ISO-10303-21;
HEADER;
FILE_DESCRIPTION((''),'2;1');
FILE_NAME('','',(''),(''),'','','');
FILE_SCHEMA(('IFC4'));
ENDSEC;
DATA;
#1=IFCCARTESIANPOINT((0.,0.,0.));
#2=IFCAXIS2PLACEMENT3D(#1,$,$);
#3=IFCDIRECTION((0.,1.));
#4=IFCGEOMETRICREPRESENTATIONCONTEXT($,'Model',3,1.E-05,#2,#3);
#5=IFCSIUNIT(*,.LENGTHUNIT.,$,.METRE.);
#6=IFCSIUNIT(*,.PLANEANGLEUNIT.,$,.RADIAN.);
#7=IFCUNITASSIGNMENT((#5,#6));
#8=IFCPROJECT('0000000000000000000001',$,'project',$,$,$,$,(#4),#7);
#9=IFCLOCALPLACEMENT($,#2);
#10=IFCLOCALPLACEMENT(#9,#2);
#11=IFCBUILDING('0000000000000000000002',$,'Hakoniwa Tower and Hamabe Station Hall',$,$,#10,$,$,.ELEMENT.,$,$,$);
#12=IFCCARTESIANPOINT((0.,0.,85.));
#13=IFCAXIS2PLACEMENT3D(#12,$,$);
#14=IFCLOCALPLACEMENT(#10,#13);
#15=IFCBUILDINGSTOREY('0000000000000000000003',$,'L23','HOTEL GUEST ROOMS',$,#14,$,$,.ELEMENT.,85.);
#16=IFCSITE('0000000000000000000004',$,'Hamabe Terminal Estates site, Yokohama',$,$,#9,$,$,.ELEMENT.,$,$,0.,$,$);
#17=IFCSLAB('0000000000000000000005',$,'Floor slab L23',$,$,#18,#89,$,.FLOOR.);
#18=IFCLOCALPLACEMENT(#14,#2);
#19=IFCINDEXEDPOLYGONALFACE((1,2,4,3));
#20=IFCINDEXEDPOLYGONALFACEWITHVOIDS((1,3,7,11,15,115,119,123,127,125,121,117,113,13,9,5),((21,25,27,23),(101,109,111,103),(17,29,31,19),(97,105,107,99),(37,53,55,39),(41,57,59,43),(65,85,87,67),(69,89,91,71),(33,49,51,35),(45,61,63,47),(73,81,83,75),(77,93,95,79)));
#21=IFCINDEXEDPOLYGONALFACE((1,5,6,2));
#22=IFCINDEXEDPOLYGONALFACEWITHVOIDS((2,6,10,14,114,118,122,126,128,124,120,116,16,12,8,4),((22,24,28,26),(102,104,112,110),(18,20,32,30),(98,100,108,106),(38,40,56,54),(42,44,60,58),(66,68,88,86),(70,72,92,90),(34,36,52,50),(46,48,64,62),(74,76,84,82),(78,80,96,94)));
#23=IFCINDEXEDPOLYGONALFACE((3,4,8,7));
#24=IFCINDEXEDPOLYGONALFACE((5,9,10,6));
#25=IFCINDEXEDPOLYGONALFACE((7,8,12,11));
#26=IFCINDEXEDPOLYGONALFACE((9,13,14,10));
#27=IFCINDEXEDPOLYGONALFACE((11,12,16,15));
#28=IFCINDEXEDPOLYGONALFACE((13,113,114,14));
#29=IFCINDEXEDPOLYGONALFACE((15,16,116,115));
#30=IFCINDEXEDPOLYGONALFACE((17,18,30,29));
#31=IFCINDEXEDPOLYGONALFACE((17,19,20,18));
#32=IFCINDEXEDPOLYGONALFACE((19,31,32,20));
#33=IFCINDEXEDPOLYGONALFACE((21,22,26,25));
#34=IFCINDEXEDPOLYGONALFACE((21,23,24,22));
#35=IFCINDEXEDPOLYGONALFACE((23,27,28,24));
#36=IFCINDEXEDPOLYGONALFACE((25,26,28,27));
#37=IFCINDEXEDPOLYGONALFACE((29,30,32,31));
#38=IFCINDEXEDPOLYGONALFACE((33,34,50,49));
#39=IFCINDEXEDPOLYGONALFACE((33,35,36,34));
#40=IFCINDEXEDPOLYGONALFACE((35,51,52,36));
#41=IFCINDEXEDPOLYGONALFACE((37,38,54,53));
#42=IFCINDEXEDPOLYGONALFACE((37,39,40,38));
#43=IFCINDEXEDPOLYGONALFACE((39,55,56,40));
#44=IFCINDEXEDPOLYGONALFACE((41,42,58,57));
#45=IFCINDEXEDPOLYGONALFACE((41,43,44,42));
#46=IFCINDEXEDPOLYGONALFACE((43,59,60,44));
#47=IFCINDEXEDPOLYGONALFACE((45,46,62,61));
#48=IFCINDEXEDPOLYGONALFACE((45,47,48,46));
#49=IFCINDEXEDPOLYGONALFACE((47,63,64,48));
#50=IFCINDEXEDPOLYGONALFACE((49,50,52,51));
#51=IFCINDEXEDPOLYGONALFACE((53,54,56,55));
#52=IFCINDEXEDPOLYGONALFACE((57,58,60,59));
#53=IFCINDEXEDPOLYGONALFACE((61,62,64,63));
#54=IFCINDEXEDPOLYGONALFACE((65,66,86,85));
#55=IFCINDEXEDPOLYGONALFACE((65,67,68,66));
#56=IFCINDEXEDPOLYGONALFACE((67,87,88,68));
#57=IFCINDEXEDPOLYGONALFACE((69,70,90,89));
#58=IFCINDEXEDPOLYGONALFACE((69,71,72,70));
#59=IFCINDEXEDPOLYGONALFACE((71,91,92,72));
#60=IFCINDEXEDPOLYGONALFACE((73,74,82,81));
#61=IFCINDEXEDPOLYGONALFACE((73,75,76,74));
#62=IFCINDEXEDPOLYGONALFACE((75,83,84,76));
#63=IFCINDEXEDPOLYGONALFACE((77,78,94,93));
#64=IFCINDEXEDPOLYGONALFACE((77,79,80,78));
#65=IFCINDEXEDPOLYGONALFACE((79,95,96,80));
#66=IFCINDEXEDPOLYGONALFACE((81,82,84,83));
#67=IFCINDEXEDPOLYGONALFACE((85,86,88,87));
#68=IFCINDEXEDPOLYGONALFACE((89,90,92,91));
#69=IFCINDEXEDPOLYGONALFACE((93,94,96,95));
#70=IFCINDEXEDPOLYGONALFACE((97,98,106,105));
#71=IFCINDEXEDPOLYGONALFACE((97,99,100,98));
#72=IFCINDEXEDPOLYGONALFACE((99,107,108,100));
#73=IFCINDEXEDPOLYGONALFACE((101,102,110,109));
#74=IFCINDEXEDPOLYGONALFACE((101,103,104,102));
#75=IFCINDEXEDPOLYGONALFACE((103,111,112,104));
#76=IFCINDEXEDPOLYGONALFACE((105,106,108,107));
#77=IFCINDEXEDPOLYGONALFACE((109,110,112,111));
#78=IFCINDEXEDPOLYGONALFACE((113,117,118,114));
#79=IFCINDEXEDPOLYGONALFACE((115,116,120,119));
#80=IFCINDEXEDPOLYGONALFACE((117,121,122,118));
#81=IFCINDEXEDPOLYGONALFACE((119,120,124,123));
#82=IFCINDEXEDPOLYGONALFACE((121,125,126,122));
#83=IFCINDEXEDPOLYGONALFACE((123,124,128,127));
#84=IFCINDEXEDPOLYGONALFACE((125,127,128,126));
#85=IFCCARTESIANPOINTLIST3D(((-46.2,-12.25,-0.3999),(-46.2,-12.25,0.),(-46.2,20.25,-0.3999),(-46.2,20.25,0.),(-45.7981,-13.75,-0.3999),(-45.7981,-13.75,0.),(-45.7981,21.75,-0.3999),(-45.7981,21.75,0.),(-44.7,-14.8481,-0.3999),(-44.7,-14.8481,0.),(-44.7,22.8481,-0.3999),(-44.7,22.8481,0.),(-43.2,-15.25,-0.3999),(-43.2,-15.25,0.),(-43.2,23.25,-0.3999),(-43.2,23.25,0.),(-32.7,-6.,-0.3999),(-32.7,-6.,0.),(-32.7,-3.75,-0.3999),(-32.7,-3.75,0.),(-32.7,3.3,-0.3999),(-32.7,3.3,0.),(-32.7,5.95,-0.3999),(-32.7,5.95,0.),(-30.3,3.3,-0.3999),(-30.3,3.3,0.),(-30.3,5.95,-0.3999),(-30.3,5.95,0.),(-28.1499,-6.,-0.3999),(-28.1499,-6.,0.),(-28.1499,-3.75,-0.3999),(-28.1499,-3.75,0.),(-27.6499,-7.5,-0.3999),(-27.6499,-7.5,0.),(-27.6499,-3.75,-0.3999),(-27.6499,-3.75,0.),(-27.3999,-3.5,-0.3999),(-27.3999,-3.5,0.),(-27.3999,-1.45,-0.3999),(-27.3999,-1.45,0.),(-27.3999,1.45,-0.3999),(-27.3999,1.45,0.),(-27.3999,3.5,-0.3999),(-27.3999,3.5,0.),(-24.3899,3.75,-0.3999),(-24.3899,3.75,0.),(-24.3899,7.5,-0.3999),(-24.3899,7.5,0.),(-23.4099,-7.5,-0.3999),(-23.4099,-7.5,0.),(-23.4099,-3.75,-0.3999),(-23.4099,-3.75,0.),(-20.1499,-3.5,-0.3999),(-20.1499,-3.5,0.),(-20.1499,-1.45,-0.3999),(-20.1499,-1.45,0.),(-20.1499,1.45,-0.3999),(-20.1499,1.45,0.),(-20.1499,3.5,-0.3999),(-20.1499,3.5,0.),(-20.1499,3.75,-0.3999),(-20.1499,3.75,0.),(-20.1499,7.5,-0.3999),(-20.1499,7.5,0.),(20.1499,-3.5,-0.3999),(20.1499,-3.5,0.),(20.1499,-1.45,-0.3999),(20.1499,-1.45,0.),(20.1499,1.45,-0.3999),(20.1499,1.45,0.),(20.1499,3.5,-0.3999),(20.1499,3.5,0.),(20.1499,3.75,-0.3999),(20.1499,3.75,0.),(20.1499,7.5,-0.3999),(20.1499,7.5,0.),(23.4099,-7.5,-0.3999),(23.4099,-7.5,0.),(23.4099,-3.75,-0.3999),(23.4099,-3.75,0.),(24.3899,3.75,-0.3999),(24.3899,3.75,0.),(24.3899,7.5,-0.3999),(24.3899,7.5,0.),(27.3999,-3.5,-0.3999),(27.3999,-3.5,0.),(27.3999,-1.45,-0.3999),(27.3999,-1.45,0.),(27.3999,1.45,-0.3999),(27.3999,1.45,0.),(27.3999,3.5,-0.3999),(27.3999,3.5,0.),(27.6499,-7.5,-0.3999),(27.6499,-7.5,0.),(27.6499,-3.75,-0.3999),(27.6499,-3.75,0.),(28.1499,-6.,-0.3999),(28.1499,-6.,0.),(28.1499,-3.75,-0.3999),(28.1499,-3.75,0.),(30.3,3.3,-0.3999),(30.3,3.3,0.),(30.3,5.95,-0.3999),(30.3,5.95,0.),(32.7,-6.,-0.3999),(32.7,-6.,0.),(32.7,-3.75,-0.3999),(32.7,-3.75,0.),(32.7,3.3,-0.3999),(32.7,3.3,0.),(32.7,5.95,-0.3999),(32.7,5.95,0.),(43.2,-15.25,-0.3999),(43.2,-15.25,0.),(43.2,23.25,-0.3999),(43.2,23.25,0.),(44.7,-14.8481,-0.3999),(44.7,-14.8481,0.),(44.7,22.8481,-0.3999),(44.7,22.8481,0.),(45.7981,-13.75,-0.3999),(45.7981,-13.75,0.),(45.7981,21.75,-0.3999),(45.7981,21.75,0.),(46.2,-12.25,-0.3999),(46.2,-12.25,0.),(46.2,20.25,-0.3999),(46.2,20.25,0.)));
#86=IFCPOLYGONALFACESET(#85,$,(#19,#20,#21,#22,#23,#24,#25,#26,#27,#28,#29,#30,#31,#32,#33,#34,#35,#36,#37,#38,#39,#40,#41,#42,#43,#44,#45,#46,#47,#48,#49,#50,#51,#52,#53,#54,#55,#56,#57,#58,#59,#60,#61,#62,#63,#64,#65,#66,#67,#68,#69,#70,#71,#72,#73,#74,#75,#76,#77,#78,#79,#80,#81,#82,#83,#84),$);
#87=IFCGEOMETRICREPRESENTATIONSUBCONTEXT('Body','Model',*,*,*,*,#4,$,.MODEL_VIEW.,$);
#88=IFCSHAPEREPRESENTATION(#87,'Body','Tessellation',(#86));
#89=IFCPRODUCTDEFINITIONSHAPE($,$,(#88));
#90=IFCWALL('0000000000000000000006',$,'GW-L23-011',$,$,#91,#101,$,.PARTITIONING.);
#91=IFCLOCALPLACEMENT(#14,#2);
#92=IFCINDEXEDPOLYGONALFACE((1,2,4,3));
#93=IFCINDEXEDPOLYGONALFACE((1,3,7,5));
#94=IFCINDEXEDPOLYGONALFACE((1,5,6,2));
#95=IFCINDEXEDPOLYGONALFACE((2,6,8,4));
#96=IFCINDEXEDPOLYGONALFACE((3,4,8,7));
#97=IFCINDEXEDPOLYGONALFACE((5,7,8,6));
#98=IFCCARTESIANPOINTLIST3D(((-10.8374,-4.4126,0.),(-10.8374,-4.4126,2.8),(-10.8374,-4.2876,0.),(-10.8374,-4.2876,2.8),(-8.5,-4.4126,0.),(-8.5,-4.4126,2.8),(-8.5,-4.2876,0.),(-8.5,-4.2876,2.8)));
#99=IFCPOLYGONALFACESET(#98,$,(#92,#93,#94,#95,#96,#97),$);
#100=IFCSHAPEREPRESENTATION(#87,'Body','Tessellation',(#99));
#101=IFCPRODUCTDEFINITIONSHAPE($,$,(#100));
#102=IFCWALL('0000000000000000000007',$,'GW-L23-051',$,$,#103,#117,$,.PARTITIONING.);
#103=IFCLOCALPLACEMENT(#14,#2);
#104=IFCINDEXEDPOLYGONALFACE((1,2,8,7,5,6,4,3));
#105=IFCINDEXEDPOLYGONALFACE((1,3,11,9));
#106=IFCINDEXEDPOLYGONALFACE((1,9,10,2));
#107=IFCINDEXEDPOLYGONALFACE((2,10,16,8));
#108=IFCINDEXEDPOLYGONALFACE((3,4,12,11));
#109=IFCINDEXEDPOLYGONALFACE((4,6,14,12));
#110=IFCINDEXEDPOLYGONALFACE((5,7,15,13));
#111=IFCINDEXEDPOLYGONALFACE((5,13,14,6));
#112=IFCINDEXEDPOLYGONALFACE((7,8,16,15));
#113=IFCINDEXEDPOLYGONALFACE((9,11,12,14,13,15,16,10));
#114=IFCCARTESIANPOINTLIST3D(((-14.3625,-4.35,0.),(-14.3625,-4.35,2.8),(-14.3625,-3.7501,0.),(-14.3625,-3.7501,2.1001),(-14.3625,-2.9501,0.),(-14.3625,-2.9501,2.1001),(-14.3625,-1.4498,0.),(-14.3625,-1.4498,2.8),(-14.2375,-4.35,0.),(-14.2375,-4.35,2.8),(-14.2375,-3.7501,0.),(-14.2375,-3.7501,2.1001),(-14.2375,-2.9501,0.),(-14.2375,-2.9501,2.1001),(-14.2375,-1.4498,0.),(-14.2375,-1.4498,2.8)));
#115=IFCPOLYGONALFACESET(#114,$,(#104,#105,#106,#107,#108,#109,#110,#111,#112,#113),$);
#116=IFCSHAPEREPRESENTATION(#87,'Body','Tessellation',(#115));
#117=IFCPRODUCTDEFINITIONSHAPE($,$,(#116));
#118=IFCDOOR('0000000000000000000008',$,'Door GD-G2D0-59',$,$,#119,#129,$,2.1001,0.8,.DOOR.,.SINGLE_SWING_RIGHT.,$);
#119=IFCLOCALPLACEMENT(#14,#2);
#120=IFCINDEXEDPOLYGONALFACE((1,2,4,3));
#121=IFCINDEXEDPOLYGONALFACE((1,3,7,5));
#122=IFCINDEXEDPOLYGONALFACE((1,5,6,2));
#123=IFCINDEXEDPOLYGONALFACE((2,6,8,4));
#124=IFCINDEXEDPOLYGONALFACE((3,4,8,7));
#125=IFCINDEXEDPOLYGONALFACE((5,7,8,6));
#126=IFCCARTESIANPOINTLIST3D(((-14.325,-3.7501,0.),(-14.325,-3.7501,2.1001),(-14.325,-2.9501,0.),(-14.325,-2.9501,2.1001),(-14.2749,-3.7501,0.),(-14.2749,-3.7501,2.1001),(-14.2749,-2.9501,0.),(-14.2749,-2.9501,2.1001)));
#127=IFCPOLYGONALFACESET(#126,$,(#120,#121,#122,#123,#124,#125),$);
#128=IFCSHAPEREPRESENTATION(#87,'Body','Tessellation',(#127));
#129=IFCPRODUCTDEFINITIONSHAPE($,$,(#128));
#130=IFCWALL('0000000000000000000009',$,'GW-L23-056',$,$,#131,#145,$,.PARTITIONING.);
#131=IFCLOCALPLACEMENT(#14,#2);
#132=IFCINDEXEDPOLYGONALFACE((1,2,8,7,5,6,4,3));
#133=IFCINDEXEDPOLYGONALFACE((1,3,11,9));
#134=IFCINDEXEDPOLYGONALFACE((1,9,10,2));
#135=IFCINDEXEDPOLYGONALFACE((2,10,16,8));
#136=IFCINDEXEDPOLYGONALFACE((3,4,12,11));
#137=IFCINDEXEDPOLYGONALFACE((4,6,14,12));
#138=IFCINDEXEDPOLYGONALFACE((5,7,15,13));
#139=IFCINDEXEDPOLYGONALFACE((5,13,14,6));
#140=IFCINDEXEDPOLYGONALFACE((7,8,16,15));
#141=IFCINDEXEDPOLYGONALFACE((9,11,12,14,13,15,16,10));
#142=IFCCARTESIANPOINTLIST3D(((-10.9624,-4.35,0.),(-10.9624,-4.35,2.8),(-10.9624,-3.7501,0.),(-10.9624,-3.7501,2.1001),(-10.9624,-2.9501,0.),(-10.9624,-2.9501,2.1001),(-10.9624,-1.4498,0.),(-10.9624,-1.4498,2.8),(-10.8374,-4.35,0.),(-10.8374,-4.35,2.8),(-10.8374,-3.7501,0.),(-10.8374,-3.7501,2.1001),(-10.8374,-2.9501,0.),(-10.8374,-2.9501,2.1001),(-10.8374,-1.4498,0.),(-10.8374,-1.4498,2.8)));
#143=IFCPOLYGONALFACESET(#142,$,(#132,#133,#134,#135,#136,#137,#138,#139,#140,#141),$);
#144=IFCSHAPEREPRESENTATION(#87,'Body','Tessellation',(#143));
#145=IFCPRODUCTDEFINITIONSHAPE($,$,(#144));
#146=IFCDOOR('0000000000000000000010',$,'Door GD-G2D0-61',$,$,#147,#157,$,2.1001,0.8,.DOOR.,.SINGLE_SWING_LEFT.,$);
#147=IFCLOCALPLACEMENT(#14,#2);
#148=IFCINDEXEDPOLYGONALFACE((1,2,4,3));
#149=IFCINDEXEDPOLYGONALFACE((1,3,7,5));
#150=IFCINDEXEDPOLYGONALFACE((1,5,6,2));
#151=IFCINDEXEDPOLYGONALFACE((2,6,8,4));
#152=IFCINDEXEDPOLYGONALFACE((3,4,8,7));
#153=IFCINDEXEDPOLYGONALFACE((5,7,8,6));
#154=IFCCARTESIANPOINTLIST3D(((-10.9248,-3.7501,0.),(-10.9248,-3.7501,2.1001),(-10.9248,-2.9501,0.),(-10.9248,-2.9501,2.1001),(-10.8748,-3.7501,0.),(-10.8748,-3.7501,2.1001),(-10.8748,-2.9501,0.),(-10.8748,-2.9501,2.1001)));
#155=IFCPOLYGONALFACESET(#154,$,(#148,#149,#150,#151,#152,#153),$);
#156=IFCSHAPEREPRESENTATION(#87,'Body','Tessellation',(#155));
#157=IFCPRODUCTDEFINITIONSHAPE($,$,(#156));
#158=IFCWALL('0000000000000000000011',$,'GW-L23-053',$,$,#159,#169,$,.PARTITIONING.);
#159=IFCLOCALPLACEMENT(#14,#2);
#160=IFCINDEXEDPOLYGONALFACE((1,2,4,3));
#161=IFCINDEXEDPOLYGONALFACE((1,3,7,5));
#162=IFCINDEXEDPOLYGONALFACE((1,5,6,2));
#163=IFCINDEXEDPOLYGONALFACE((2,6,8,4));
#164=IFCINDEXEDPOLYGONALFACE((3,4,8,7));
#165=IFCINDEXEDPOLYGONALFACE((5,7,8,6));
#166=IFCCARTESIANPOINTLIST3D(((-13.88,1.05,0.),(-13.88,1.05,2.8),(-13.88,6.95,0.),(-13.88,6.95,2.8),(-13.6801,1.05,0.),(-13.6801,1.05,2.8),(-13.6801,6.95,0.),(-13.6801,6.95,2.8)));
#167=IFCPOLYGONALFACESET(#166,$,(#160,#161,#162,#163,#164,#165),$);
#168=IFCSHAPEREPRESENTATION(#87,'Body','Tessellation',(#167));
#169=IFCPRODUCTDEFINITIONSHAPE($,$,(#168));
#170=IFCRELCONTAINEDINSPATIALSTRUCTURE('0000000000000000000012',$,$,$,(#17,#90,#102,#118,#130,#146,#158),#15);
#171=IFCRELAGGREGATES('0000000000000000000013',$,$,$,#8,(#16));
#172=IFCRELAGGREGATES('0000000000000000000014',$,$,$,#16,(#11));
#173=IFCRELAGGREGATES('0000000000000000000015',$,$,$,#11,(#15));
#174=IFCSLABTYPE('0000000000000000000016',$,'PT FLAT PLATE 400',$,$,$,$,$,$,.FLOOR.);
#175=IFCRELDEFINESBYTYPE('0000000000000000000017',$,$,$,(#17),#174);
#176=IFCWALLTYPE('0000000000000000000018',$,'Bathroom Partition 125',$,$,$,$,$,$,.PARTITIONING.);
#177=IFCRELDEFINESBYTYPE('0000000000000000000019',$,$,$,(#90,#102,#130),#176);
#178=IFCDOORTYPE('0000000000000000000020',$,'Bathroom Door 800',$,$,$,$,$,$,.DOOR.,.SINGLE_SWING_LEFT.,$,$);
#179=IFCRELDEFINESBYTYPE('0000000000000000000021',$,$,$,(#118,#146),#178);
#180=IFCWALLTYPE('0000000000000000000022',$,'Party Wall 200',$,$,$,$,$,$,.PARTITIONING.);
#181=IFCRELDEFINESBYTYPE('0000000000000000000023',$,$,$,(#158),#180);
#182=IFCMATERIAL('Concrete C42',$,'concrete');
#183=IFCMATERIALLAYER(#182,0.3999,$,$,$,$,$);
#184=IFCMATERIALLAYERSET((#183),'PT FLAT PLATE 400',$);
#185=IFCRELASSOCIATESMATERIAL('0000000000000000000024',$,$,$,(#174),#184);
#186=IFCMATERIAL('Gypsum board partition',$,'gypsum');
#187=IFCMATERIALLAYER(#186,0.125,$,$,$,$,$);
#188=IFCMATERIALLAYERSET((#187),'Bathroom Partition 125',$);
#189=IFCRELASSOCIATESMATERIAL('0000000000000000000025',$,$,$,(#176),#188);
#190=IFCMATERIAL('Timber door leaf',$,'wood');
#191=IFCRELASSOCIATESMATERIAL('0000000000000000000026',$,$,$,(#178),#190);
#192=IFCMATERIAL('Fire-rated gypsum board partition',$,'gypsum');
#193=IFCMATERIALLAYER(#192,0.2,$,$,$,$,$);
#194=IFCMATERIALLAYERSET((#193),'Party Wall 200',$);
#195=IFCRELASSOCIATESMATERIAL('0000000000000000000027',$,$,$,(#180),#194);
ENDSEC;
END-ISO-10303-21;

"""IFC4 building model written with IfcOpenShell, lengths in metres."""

from ifc_helpers import new_model, si_unit, direction, frame, frame_2d, origin, place, context, subcontext, project, spatial, polyline, rectangle, outline, extrude, material, layer, layer_set, type_object, element, fill, save


model = new_model("IFC4")

# Units and contexts
model_context = context("Model", 3, precision=1e-05, world=origin(), true_north=direction((0.0, 1.0)))
body_context = subcontext(model_context, "Body", "Model", "MODEL_VIEW")
ifc_project = project(units=[si_unit("LENGTHUNIT", "METRE"), si_unit("PLANEANGLEUNIT", "RADIAN")], contexts=[model_context])

# Site, building, storey
site_placement = place(None, origin())
site = spatial("IfcSite", under=ifc_project, at=site_placement, Name="Hamabe Terminal Estates site, Yokohama", CompositionType="ELEMENT", RefElevation=0.0)
building_placement = place(site_placement, origin())
building = spatial("IfcBuilding", under=site, at=building_placement, Name="Hakoniwa Tower and Hamabe Station Hall", CompositionType="ELEMENT")
storey_placement = place(building_placement, frame((0.0, 0.0, 85.0)))
storey = spatial("IfcBuildingStorey", under=building, at=storey_placement, Name="L23", Description="HOTEL GUEST ROOMS", CompositionType="ELEMENT", Elevation=85.0)

# Slab
ifc_material_1 = material(Name="Concrete C42", Category="concrete")
ifc_layer_1 = layer(ifc_material_1, 0.3999)
ifc_layer_set_1 = layer_set([ifc_layer_1], Name="PT FLAT PLATE 400")
slab_type = type_object("IfcSlabType", Name="PT FLAT PLATE 400", PredefinedType="FLOOR", material=ifc_layer_set_1)
slab_placement = place(storey_placement, frame((0.0, 0.0, -0.3999)))
element("IfcSlab", 1, at=slab_placement, inside=storey, type_object=slab_type, Name="Floor slab L23", PredefinedType="FLOOR", context=body_context, shape_type="SweptSolid", body=[
    extrude(outline(polyline([(46.2, -12.25), (46.2, 20.25), (45.7981, 21.75), (44.7, 22.8481), (43.2, 23.25), (-43.2, 23.25), (-44.7, 22.8481), (-45.7981, 21.75), (-46.2, 20.25), (-46.2, -12.25), (-45.7981, -13.75), (-44.7, -14.8481), (-43.2, -15.25), (43.2, -15.25), (44.7, -14.8481), (45.7981, -13.75), (46.2, -12.25)]), holes=[polyline([(-27.3999, 1.45), (-27.3999, 3.5), (-20.1499, 3.5), (-20.1499, 1.45), (-27.3999, 1.45)]), polyline([(-27.3999, -3.5), (-27.3999, -1.45), (-20.1499, -1.45), (-20.1499, -3.5), (-27.3999, -3.5)]), polyline([(-32.7, 3.3), (-32.7, 5.95), (-30.3, 5.95), (-30.3, 3.3), (-32.7, 3.3)]), polyline([(-32.7, -6.0), (-32.7, -3.75), (-28.1499, -3.75), (-28.1499, -6.0), (-32.7, -6.0)]), polyline([(-24.3899, 3.75), (-24.3899, 7.5), (-20.1499, 7.5), (-20.1499, 3.75), (-24.3899, 3.75)]), polyline([(-27.6499, -7.5), (-27.6499, -3.75), (-23.4099, -3.75), (-23.4099, -7.5), (-27.6499, -7.5)]), polyline([(20.1499, 1.45), (20.1499, 3.5), (27.3999, 3.5), (27.3999, 1.45), (20.1499, 1.45)]), polyline([(20.1499, -3.5), (20.1499, -1.45), (27.3999, -1.45), (27.3999, -3.5), (20.1499, -3.5)]), polyline([(30.3, 3.3), (30.3, 5.95), (32.7, 5.95), (32.7, 3.3), (30.3, 3.3)]), polyline([(28.1499, -6.0), (28.1499, -3.75), (32.7, -3.75), (32.7, -6.0), (28.1499, -6.0)]), polyline([(20.1499, 3.75), (20.1499, 7.5), (24.3899, 7.5), (24.3899, 3.75), (20.1499, 3.75)]), polyline([(23.4099, -7.5), (23.4099, -3.75), (27.6499, -3.75), (27.6499, -7.5), (23.4099, -7.5)])]), origin(), (0.0, 0.0, 1.0), 0.3999),
])

# Wall
ifc_material_2 = material(Name="Gypsum board partition", Category="gypsum")
ifc_layer_2 = layer(ifc_material_2, 0.125)
ifc_layer_set_2 = layer_set([ifc_layer_2], Name="Bathroom Partition 125")
wall_type_1 = type_object("IfcWallType", Name="Bathroom Partition 125", PredefinedType="PARTITIONING", material=ifc_layer_set_2)
wall_1_placement = place(storey_placement, frame((-10.8374, -4.3501, 0.0), z_axis=(0.0, 0.0, 1.0), x_axis=(1.0, 0.0, 0.0)))
element("IfcWall", 2, at=wall_1_placement, inside=storey, type_object=wall_type_1, Name="GW-L23-011", PredefinedType="PARTITIONING", context=body_context, shape_type="SweptSolid", body=[
    extrude(rectangle(XDim=2.3374, YDim=0.125, at=frame_2d((1.1687, 0.0))), origin(), (0.0, 0.0, 1.0), 2.8),
])

# Walls, openings, doors
wall_2_placement = place(storey_placement, frame((-14.3, -4.3501, 0.0), z_axis=(0.0, 0.0, 1.0), x_axis=(0.0, 1.0, 0.0)))
wall_2 = element("IfcWall", 3, at=wall_2_placement, inside=storey, type_object=wall_type_1, Name="GW-L23-051", PredefinedType="PARTITIONING", context=body_context, shape_type="SweptSolid", body=[
    extrude(rectangle(XDim=2.9001, YDim=0.125, at=frame_2d((1.4502, 0.0))), origin(), (0.0, 0.0, 1.0), 2.8),
])
opening_1_placement = place(wall_2_placement, frame((0.6001, 0.0, 0.0)))
opening_1 = element("IfcOpeningElement", 4, at=opening_1_placement, cuts=wall_2, PredefinedType="OPENING", context=body_context, shape_type="SweptSolid", body=[
    extrude(rectangle(XDim=0.8, YDim=2.1001, at=frame_2d((0.3999, 1.05))), frame((0.0, 0.0725, 0.0), z_axis=(0.0, -1.0, 0.0), x_axis=(1.0, 0.0, 0.0)), (0.0, 0.0, 1.0), 0.145),
])
ifc_material_3 = material(Name="Timber door leaf", Category="wood")
door_type = type_object("IfcDoorType", Name="Bathroom Door 800", OperationType="SINGLE_SWING_LEFT", PredefinedType="DOOR", material=ifc_material_3)
door_1_placement = place(opening_1_placement, origin())
door_1 = element("IfcDoor", 5, at=door_1_placement, inside=storey, type_object=door_type, Name="Door GD-G2D0-59", OperationType="SINGLE_SWING_RIGHT", OverallHeight=2.1001, OverallWidth=0.8, PredefinedType="DOOR", context=body_context, shape_type="SweptSolid", body=[
    extrude(rectangle(XDim=0.8, YDim=2.1001, at=frame_2d((0.3999, 1.05))), frame((0.0, 0.0249, 0.0), z_axis=(0.0, -1.0, 0.0), x_axis=(1.0, 0.0, 0.0)), (0.0, 0.0, 1.0), 0.05),
])
fill(opening_1, door_1)
wall_3_placement = place(storey_placement, frame((-10.8999, -4.3501, 0.0), z_axis=(0.0, 0.0, 1.0), x_axis=(0.0, 1.0, 0.0)))
wall_3 = element("IfcWall", 6, at=wall_3_placement, inside=storey, type_object=wall_type_1, Name="GW-L23-056", PredefinedType="PARTITIONING", context=body_context, shape_type="SweptSolid", body=[
    extrude(rectangle(XDim=2.9001, YDim=0.125, at=frame_2d((1.4502, 0.0))), origin(), (0.0, 0.0, 1.0), 2.8),
])
opening_2_placement = place(wall_3_placement, frame((0.6001, 0.0, 0.0)))
opening_2 = element("IfcOpeningElement", 7, at=opening_2_placement, cuts=wall_3, PredefinedType="OPENING", context=body_context, shape_type="SweptSolid", body=[
    extrude(rectangle(XDim=0.8, YDim=2.1001, at=frame_2d((0.3999, 1.05))), frame((0.0, 0.0725, 0.0), z_axis=(0.0, -1.0, 0.0), x_axis=(1.0, 0.0, 0.0)), (0.0, 0.0, 1.0), 0.145),
])
door_2_placement = place(opening_2_placement, origin())
door_2 = element("IfcDoor", 8, at=door_2_placement, inside=storey, type_object=door_type, Name="Door GD-G2D0-61", OperationType="SINGLE_SWING_LEFT", OverallHeight=2.1001, OverallWidth=0.8, PredefinedType="DOOR", context=body_context, shape_type="SweptSolid", body=[
    extrude(rectangle(XDim=0.8, YDim=2.1001, at=frame_2d((0.3999, 1.05))), frame((0.0, 0.0249, 0.0), z_axis=(0.0, -1.0, 0.0), x_axis=(1.0, 0.0, 0.0)), (0.0, 0.0, 1.0), 0.05),
])
fill(opening_2, door_2)

# Wall
ifc_material_4 = material(Name="Fire-rated gypsum board partition", Category="gypsum")
ifc_layer_3 = layer(ifc_material_4, 0.2)
ifc_layer_set_3 = layer_set([ifc_layer_3], Name="Party Wall 200")
wall_type_2 = type_object("IfcWallType", Name="Party Wall 200", PredefinedType="PARTITIONING", material=ifc_layer_set_3)
wall_4_placement = place(storey_placement, frame((-13.78, 1.05, 0.0), z_axis=(0.0, 0.0, 1.0), x_axis=(0.0, 1.0, 0.0)))
element("IfcWall", 9, at=wall_4_placement, inside=storey, type_object=wall_type_2, Name="GW-L23-053", PredefinedType="PARTITIONING", context=body_context, shape_type="SweptSolid", body=[
    extrude(rectangle(XDim=5.8999, YDim=0.2, at=frame_2d((2.95, 0.0))), origin(), (0.0, 0.0, 1.0), 2.8),
])

save(model, "model.ifc")
